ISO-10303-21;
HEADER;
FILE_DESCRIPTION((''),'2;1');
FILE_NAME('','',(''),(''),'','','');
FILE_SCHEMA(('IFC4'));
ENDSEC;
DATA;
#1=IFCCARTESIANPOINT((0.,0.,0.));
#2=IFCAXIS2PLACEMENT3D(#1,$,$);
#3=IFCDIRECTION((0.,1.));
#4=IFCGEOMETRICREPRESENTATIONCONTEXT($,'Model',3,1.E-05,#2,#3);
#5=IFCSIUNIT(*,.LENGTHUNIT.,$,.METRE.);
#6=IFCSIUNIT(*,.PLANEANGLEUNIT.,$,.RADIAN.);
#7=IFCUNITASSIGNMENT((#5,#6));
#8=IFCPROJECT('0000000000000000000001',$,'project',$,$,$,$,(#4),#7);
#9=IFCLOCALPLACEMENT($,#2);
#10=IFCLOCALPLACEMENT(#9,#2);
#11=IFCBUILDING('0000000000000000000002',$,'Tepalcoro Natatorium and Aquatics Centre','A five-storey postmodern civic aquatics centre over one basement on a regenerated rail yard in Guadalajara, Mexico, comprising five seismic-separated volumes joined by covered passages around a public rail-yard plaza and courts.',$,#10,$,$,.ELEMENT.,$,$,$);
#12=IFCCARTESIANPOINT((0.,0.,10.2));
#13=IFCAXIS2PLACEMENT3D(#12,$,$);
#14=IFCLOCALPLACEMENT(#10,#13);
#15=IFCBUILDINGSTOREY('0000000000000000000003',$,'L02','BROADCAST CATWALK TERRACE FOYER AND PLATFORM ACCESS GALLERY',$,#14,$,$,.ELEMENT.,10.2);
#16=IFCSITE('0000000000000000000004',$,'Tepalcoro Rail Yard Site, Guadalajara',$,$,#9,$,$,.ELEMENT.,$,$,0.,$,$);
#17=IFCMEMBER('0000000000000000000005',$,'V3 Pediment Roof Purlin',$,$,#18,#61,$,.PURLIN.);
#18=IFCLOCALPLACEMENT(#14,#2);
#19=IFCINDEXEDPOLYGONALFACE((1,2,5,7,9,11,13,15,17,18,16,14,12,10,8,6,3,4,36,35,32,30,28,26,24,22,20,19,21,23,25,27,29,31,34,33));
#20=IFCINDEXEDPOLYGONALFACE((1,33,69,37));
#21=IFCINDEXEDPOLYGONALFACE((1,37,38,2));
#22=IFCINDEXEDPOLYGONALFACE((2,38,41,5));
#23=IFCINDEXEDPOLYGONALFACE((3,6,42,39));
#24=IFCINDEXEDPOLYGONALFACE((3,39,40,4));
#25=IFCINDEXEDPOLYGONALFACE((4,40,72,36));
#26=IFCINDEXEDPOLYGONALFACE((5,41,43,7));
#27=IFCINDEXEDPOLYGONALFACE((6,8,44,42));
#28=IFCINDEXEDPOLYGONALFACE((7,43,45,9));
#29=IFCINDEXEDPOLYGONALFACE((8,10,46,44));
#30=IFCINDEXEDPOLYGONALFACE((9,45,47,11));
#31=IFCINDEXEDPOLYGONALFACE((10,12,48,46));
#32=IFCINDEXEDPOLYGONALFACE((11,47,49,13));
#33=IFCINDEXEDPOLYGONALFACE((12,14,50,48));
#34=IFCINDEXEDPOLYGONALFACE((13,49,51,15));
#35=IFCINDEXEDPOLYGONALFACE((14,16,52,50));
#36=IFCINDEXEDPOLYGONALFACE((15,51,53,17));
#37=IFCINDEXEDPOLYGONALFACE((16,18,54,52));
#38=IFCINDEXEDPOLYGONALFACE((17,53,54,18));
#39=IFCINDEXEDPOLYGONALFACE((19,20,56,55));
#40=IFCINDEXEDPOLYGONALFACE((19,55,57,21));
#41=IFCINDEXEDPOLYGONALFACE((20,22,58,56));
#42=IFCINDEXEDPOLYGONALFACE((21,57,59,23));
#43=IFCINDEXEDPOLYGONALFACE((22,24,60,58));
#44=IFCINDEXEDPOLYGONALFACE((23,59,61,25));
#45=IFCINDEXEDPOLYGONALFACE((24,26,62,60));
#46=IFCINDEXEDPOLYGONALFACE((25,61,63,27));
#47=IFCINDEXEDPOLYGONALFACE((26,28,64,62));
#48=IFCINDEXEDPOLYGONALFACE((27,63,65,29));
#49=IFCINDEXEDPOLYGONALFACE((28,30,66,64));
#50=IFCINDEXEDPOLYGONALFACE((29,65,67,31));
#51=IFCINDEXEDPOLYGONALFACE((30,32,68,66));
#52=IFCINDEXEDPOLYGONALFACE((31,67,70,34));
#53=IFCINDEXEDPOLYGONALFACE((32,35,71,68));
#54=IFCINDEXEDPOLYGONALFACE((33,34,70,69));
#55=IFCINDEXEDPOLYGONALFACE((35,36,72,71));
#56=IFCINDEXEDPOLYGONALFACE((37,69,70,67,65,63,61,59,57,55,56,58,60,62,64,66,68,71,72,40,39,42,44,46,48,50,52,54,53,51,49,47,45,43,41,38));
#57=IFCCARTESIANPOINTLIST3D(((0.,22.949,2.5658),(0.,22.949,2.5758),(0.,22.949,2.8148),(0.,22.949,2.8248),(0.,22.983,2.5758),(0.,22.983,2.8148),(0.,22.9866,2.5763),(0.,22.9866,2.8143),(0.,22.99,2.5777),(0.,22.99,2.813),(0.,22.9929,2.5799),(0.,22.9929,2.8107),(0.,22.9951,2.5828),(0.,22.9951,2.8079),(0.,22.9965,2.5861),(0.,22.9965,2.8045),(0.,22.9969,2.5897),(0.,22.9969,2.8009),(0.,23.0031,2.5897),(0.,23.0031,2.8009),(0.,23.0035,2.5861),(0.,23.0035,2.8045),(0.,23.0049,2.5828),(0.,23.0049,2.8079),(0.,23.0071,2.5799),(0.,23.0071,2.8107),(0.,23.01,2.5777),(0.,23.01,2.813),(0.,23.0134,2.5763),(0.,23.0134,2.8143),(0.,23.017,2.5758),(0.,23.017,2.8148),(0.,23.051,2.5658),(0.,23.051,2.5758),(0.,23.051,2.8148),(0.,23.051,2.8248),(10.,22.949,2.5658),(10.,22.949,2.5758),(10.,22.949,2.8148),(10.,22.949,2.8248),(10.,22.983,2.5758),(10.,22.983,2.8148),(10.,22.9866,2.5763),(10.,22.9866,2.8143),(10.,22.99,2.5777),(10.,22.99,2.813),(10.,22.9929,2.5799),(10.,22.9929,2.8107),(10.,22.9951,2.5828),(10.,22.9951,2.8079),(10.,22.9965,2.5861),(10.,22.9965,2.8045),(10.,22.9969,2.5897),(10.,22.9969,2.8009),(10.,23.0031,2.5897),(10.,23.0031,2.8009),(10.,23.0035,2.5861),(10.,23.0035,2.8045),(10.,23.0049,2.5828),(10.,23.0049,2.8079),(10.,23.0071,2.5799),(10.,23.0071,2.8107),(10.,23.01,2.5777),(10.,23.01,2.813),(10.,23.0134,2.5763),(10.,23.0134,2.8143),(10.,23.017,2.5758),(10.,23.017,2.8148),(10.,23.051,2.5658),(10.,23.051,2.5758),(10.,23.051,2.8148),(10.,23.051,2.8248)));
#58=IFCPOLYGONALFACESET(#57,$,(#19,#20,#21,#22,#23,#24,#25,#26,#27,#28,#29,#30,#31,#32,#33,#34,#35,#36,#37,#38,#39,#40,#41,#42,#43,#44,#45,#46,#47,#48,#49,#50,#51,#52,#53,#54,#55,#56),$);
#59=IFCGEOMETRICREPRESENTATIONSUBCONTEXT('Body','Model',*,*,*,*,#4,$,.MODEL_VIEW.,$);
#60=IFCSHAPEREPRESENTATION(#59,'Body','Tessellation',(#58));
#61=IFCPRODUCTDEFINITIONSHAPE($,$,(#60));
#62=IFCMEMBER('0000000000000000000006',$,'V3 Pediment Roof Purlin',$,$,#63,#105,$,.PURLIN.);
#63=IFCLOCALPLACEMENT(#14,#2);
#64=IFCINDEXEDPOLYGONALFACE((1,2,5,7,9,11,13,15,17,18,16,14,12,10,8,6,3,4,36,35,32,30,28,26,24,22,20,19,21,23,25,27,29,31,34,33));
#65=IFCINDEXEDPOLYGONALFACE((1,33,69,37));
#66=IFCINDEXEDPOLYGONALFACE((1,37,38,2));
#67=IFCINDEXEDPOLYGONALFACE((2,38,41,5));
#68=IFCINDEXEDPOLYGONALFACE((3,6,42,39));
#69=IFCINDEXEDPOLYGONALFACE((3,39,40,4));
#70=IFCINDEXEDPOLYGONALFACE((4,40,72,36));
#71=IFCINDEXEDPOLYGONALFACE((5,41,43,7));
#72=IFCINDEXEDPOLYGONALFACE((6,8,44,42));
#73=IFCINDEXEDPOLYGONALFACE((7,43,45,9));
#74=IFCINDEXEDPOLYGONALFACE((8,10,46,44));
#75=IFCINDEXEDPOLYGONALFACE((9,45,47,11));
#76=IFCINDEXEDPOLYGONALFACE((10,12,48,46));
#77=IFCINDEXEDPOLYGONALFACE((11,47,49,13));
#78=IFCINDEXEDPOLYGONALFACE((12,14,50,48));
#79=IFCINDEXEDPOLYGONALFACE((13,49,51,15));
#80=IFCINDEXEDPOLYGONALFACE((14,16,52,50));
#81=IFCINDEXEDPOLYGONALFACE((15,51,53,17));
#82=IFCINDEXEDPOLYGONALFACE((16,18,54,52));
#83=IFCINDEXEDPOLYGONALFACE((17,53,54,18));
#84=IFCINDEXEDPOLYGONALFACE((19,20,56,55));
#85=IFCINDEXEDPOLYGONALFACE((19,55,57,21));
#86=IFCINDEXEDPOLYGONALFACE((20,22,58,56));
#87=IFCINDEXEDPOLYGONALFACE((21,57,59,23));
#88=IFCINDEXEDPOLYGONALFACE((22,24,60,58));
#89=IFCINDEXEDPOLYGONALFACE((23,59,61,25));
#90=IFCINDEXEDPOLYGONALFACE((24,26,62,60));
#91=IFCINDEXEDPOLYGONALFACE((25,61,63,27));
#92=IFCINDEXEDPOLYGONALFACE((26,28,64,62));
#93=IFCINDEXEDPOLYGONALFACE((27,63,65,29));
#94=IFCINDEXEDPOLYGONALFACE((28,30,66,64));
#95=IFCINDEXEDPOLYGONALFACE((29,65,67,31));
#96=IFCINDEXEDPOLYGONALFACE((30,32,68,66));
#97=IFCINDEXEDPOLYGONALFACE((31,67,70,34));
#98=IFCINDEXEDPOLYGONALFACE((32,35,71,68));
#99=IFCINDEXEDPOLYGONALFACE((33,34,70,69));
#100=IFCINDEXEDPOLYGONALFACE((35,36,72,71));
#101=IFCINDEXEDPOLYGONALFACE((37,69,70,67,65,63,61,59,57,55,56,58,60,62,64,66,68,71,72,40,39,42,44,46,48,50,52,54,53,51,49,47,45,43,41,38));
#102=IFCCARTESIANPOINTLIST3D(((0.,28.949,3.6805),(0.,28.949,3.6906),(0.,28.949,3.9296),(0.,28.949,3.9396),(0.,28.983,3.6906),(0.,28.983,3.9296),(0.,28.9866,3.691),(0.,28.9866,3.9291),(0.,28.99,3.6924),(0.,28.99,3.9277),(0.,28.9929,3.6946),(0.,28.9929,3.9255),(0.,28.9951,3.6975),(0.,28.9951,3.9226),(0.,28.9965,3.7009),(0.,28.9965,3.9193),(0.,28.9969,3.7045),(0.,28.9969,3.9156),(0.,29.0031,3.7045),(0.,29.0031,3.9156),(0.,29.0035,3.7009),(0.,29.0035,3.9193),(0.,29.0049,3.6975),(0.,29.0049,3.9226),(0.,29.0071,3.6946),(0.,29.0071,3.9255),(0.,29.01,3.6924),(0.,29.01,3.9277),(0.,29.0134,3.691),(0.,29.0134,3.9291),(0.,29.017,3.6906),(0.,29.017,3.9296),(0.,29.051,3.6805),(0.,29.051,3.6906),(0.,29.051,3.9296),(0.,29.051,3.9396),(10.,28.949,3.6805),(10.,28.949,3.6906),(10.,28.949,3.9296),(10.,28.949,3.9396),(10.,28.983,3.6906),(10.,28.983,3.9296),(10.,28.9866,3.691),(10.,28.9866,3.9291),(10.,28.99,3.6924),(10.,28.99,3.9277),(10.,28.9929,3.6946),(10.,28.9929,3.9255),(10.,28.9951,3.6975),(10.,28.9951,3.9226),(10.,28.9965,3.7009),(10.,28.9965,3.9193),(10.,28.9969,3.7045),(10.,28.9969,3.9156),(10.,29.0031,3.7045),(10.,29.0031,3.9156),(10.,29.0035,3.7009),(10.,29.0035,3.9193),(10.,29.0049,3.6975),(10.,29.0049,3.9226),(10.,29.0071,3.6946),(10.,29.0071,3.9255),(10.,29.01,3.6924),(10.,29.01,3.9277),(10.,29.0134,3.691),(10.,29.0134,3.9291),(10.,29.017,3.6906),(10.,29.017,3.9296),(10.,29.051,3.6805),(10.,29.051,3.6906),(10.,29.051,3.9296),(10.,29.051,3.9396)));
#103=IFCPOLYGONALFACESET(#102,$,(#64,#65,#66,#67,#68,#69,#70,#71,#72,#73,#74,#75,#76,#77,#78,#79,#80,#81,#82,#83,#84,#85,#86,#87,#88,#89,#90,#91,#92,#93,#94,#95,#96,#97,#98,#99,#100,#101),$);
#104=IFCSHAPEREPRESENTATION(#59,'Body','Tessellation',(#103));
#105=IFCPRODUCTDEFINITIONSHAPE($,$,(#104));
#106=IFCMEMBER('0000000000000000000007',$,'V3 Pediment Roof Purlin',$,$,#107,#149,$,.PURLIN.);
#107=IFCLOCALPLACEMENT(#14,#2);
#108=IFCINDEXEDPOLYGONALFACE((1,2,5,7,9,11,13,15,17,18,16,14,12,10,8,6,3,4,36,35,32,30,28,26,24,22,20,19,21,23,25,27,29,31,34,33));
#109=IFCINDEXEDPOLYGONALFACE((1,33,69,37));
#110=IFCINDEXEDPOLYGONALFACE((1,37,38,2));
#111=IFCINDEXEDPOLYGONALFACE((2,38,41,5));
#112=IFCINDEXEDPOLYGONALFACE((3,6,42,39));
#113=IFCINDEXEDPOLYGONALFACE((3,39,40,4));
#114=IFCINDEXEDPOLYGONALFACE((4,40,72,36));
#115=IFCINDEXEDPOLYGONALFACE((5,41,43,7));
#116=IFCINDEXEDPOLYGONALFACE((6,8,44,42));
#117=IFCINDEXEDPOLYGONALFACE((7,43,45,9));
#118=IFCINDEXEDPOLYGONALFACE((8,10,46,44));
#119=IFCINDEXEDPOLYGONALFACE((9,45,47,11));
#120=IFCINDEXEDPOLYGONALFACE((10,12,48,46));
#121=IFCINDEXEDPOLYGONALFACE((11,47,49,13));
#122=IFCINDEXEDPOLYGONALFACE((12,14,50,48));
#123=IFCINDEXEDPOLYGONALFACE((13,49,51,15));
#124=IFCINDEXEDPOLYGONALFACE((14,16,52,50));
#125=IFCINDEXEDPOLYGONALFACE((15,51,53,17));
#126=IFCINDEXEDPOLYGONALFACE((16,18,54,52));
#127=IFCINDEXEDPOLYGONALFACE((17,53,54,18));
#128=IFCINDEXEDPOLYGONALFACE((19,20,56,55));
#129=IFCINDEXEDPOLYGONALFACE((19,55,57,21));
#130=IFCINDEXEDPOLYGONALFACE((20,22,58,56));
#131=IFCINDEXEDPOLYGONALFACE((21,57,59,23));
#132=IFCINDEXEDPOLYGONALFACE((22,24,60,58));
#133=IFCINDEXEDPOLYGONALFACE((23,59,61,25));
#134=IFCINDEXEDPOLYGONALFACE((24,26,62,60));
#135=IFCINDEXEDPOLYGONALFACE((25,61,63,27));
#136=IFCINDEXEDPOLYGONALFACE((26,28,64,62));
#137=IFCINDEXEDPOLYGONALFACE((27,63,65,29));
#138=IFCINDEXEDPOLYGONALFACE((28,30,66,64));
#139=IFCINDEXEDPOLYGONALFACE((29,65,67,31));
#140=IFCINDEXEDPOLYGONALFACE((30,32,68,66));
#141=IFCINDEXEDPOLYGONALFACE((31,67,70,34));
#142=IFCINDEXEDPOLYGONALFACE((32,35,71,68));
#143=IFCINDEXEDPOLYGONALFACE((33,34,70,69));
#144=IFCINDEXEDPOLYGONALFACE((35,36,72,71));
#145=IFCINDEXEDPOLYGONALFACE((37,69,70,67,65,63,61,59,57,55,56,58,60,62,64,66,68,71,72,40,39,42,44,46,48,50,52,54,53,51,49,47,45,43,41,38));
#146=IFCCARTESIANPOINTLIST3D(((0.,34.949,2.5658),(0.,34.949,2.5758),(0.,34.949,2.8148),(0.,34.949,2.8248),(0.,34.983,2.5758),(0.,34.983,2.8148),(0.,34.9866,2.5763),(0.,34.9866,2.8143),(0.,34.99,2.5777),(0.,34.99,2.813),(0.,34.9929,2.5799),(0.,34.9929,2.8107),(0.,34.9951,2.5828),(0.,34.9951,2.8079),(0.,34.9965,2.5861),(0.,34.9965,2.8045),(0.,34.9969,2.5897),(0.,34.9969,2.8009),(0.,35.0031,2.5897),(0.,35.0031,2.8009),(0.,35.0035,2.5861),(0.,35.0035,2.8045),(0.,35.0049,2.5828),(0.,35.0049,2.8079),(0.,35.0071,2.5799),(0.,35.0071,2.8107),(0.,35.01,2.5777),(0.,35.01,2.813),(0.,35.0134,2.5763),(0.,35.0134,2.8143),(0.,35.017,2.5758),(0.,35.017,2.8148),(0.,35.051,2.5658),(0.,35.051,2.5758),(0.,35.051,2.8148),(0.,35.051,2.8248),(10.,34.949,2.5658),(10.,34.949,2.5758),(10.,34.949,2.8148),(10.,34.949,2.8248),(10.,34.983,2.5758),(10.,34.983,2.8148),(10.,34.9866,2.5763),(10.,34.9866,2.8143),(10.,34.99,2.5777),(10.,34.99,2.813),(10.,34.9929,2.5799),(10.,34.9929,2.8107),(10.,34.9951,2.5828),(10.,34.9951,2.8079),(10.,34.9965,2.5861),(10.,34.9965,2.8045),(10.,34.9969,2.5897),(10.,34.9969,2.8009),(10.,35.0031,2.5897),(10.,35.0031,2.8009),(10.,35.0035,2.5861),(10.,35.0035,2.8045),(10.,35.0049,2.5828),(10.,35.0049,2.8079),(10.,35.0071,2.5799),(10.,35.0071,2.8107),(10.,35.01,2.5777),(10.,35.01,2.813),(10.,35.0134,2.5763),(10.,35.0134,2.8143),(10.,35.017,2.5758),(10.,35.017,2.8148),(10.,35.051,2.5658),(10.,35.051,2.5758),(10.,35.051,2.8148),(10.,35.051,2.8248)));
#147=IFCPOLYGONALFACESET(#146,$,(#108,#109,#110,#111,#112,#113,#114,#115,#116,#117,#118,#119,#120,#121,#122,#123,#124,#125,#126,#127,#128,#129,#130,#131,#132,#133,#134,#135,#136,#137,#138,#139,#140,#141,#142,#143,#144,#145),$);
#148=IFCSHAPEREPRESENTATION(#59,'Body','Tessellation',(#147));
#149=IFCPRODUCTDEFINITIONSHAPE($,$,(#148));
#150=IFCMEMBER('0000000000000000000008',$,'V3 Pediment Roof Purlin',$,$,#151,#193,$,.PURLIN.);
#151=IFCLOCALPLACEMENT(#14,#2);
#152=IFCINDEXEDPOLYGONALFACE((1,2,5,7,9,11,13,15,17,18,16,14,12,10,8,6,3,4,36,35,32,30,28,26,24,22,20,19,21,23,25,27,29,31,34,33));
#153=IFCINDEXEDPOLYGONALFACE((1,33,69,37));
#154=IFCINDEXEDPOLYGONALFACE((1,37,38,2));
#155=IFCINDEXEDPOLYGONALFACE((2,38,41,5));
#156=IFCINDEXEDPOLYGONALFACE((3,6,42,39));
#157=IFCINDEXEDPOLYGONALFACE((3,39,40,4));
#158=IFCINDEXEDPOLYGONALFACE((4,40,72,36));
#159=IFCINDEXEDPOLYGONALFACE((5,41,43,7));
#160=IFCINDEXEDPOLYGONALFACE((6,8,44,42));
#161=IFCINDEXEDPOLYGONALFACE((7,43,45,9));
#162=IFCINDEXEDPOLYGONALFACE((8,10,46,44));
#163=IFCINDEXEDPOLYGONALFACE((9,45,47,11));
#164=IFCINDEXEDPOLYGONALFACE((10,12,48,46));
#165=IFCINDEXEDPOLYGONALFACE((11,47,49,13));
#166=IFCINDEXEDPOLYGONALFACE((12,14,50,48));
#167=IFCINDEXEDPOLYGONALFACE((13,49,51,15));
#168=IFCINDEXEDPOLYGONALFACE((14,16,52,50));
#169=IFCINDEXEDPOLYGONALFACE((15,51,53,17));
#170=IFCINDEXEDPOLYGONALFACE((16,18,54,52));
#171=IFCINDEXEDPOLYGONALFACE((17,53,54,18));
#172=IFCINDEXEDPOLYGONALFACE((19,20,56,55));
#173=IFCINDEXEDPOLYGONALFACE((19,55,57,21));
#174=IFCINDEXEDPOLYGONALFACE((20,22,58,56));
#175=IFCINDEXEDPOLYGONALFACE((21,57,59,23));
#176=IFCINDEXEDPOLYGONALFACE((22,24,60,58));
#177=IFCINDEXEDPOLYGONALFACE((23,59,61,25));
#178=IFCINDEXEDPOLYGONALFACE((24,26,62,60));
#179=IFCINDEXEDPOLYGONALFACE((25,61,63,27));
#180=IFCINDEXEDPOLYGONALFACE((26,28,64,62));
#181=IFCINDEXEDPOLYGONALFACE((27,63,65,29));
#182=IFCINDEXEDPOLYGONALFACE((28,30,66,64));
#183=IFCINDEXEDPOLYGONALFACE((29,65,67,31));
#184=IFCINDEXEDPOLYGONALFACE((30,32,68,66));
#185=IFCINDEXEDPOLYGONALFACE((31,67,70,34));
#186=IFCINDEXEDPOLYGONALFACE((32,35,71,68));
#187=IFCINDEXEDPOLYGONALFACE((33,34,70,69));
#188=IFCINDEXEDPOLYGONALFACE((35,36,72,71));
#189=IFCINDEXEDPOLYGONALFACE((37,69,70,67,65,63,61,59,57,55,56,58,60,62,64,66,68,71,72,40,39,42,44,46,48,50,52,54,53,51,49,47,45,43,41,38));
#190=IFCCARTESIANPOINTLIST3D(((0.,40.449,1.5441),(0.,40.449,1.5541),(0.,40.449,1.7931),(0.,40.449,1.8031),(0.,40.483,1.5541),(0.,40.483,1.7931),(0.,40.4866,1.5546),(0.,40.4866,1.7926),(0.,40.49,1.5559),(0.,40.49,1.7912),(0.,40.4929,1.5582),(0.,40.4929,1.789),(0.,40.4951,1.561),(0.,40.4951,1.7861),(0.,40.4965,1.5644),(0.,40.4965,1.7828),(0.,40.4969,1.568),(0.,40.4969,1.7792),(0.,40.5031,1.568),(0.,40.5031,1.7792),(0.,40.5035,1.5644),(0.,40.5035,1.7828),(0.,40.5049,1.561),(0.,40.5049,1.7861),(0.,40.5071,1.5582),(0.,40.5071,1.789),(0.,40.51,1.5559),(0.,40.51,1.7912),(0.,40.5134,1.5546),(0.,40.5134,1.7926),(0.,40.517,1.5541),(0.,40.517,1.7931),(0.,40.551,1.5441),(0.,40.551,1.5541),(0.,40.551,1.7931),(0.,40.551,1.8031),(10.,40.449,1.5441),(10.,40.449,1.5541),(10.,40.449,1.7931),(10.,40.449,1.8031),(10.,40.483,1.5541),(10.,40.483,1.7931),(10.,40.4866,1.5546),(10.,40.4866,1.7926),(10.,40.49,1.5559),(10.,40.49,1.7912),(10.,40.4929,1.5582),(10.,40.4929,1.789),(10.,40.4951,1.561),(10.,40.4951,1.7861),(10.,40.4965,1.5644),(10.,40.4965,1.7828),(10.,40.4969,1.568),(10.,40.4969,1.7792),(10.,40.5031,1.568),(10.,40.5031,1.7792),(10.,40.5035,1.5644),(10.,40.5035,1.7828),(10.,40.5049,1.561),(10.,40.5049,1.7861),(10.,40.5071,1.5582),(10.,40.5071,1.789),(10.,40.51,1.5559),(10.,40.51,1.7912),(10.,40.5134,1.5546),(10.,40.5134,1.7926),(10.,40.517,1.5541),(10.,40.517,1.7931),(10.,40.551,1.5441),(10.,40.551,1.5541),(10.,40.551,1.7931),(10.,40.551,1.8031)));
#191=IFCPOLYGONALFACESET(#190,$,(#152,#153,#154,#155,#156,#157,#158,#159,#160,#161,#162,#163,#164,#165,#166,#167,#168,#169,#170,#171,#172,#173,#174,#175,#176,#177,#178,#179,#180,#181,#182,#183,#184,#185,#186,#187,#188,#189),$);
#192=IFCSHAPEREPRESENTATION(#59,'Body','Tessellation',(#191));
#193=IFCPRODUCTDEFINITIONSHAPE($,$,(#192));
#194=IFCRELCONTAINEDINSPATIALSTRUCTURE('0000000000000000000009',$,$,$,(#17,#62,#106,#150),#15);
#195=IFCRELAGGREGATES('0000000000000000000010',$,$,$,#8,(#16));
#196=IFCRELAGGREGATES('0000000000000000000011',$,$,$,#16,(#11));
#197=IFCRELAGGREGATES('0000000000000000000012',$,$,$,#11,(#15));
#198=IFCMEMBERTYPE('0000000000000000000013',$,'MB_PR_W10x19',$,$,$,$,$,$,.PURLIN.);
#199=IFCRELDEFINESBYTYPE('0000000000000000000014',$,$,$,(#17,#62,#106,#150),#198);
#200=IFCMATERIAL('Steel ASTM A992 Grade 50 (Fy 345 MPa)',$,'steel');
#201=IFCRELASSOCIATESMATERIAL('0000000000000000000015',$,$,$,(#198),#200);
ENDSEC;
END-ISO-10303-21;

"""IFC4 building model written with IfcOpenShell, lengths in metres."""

from ifc_helpers import new_model, si_unit, direction, frame, origin, origin_2d, place, context, subcontext, project, spatial, i_section, extrude, material, material_profile, profile_set, type_object, element, save


model = new_model("IFC4")

# Units and contexts
model_context = context("Model", 3, precision=1e-05, world=origin(), true_north=direction((0.0, 1.0)))
body_context = subcontext(model_context, "Body", "Model", "MODEL_VIEW")
ifc_project = project(units=[si_unit("LENGTHUNIT", "METRE"), si_unit("PLANEANGLEUNIT", "RADIAN")], contexts=[model_context])

# Site, building, storey
site_placement = place(None, origin())
site = spatial("IfcSite", under=ifc_project, at=site_placement, Name="Tepalcoro Rail Yard Site, Guadalajara", CompositionType="ELEMENT", RefElevation=0.0)
building_placement = place(site_placement, origin())
building = spatial("IfcBuilding", under=site, at=building_placement, Name="Tepalcoro Natatorium and Aquatics Centre", Description="A five-storey postmodern civic aquatics centre over one basement on a regenerated rail yard in Guadalajara, Mexico, comprising five seismic-separated volumes joined by covered passages around a public rail-yard plaza and courts.", CompositionType="ELEMENT")
storey_placement = place(building_placement, frame((0.0, 0.0, 10.2)))
storey = spatial("IfcBuildingStorey", under=building, at=storey_placement, Name="L02", Description="BROADCAST CATWALK TERRACE FOYER AND PLATFORM ACCESS GALLERY", CompositionType="ELEMENT", Elevation=10.2)

# Members
ifc_material_1 = material(Name="Steel ASTM A992 Grade 50 (Fy 345 MPa)", Category="steel")
ifc_material_profile_1 = material_profile(ifc_material_1, i_section(OverallWidth=0.1021, OverallDepth=0.259, WebThickness=0.0061, FlangeThickness=0.01, FilletRadius=0.0139, at=origin_2d()), Name="W10X19")
ifc_profile_set_1 = profile_set([ifc_material_profile_1], Name="Steel ASTM A992 Grade 50 (Fy 345 MPa)")
member_type_1 = type_object("IfcMemberType", Name="MB_PR_W10x19", PredefinedType="PURLIN", material=ifc_profile_set_1)
for number, where, z_axis, x_axis, name in (
    (1, (0.0, 23.0, 2.6953), (1.0, 0.0, 0.0), (0.0, 1.0, 0.0), "V3 Pediment Roof Purlin"),
    (2, (0.0, 29.0, 3.8101), (1.0, 0.0, 0.0), (0.0, 1.0, 0.0), "V3 Pediment Roof Purlin"),
    (3, (0.0, 35.0, 2.6953), (1.0, 0.0, 0.0), (0.0, 1.0, 0.0), "V3 Pediment Roof Purlin"),
    (4, (0.0, 40.5, 1.6736), (1.0, 0.0, 0.0), (0.0, 1.0, 0.0), "V3 Pediment Roof Purlin"),
):
    element("IfcMember", number, at=place(storey_placement, frame(where, z_axis=z_axis, x_axis=x_axis)), inside=storey, type_object=member_type_1, Name=name, PredefinedType="PURLIN", context=body_context, shape_type="SweptSolid", body=[
        extrude(i_section(OverallWidth=0.1021, OverallDepth=0.259, WebThickness=0.0061, FlangeThickness=0.01, FilletRadius=0.0139, at=origin_2d()), origin(), (0.0, 0.0, 1.0), 10.0),
    ])

save(model, "model.ifc")
